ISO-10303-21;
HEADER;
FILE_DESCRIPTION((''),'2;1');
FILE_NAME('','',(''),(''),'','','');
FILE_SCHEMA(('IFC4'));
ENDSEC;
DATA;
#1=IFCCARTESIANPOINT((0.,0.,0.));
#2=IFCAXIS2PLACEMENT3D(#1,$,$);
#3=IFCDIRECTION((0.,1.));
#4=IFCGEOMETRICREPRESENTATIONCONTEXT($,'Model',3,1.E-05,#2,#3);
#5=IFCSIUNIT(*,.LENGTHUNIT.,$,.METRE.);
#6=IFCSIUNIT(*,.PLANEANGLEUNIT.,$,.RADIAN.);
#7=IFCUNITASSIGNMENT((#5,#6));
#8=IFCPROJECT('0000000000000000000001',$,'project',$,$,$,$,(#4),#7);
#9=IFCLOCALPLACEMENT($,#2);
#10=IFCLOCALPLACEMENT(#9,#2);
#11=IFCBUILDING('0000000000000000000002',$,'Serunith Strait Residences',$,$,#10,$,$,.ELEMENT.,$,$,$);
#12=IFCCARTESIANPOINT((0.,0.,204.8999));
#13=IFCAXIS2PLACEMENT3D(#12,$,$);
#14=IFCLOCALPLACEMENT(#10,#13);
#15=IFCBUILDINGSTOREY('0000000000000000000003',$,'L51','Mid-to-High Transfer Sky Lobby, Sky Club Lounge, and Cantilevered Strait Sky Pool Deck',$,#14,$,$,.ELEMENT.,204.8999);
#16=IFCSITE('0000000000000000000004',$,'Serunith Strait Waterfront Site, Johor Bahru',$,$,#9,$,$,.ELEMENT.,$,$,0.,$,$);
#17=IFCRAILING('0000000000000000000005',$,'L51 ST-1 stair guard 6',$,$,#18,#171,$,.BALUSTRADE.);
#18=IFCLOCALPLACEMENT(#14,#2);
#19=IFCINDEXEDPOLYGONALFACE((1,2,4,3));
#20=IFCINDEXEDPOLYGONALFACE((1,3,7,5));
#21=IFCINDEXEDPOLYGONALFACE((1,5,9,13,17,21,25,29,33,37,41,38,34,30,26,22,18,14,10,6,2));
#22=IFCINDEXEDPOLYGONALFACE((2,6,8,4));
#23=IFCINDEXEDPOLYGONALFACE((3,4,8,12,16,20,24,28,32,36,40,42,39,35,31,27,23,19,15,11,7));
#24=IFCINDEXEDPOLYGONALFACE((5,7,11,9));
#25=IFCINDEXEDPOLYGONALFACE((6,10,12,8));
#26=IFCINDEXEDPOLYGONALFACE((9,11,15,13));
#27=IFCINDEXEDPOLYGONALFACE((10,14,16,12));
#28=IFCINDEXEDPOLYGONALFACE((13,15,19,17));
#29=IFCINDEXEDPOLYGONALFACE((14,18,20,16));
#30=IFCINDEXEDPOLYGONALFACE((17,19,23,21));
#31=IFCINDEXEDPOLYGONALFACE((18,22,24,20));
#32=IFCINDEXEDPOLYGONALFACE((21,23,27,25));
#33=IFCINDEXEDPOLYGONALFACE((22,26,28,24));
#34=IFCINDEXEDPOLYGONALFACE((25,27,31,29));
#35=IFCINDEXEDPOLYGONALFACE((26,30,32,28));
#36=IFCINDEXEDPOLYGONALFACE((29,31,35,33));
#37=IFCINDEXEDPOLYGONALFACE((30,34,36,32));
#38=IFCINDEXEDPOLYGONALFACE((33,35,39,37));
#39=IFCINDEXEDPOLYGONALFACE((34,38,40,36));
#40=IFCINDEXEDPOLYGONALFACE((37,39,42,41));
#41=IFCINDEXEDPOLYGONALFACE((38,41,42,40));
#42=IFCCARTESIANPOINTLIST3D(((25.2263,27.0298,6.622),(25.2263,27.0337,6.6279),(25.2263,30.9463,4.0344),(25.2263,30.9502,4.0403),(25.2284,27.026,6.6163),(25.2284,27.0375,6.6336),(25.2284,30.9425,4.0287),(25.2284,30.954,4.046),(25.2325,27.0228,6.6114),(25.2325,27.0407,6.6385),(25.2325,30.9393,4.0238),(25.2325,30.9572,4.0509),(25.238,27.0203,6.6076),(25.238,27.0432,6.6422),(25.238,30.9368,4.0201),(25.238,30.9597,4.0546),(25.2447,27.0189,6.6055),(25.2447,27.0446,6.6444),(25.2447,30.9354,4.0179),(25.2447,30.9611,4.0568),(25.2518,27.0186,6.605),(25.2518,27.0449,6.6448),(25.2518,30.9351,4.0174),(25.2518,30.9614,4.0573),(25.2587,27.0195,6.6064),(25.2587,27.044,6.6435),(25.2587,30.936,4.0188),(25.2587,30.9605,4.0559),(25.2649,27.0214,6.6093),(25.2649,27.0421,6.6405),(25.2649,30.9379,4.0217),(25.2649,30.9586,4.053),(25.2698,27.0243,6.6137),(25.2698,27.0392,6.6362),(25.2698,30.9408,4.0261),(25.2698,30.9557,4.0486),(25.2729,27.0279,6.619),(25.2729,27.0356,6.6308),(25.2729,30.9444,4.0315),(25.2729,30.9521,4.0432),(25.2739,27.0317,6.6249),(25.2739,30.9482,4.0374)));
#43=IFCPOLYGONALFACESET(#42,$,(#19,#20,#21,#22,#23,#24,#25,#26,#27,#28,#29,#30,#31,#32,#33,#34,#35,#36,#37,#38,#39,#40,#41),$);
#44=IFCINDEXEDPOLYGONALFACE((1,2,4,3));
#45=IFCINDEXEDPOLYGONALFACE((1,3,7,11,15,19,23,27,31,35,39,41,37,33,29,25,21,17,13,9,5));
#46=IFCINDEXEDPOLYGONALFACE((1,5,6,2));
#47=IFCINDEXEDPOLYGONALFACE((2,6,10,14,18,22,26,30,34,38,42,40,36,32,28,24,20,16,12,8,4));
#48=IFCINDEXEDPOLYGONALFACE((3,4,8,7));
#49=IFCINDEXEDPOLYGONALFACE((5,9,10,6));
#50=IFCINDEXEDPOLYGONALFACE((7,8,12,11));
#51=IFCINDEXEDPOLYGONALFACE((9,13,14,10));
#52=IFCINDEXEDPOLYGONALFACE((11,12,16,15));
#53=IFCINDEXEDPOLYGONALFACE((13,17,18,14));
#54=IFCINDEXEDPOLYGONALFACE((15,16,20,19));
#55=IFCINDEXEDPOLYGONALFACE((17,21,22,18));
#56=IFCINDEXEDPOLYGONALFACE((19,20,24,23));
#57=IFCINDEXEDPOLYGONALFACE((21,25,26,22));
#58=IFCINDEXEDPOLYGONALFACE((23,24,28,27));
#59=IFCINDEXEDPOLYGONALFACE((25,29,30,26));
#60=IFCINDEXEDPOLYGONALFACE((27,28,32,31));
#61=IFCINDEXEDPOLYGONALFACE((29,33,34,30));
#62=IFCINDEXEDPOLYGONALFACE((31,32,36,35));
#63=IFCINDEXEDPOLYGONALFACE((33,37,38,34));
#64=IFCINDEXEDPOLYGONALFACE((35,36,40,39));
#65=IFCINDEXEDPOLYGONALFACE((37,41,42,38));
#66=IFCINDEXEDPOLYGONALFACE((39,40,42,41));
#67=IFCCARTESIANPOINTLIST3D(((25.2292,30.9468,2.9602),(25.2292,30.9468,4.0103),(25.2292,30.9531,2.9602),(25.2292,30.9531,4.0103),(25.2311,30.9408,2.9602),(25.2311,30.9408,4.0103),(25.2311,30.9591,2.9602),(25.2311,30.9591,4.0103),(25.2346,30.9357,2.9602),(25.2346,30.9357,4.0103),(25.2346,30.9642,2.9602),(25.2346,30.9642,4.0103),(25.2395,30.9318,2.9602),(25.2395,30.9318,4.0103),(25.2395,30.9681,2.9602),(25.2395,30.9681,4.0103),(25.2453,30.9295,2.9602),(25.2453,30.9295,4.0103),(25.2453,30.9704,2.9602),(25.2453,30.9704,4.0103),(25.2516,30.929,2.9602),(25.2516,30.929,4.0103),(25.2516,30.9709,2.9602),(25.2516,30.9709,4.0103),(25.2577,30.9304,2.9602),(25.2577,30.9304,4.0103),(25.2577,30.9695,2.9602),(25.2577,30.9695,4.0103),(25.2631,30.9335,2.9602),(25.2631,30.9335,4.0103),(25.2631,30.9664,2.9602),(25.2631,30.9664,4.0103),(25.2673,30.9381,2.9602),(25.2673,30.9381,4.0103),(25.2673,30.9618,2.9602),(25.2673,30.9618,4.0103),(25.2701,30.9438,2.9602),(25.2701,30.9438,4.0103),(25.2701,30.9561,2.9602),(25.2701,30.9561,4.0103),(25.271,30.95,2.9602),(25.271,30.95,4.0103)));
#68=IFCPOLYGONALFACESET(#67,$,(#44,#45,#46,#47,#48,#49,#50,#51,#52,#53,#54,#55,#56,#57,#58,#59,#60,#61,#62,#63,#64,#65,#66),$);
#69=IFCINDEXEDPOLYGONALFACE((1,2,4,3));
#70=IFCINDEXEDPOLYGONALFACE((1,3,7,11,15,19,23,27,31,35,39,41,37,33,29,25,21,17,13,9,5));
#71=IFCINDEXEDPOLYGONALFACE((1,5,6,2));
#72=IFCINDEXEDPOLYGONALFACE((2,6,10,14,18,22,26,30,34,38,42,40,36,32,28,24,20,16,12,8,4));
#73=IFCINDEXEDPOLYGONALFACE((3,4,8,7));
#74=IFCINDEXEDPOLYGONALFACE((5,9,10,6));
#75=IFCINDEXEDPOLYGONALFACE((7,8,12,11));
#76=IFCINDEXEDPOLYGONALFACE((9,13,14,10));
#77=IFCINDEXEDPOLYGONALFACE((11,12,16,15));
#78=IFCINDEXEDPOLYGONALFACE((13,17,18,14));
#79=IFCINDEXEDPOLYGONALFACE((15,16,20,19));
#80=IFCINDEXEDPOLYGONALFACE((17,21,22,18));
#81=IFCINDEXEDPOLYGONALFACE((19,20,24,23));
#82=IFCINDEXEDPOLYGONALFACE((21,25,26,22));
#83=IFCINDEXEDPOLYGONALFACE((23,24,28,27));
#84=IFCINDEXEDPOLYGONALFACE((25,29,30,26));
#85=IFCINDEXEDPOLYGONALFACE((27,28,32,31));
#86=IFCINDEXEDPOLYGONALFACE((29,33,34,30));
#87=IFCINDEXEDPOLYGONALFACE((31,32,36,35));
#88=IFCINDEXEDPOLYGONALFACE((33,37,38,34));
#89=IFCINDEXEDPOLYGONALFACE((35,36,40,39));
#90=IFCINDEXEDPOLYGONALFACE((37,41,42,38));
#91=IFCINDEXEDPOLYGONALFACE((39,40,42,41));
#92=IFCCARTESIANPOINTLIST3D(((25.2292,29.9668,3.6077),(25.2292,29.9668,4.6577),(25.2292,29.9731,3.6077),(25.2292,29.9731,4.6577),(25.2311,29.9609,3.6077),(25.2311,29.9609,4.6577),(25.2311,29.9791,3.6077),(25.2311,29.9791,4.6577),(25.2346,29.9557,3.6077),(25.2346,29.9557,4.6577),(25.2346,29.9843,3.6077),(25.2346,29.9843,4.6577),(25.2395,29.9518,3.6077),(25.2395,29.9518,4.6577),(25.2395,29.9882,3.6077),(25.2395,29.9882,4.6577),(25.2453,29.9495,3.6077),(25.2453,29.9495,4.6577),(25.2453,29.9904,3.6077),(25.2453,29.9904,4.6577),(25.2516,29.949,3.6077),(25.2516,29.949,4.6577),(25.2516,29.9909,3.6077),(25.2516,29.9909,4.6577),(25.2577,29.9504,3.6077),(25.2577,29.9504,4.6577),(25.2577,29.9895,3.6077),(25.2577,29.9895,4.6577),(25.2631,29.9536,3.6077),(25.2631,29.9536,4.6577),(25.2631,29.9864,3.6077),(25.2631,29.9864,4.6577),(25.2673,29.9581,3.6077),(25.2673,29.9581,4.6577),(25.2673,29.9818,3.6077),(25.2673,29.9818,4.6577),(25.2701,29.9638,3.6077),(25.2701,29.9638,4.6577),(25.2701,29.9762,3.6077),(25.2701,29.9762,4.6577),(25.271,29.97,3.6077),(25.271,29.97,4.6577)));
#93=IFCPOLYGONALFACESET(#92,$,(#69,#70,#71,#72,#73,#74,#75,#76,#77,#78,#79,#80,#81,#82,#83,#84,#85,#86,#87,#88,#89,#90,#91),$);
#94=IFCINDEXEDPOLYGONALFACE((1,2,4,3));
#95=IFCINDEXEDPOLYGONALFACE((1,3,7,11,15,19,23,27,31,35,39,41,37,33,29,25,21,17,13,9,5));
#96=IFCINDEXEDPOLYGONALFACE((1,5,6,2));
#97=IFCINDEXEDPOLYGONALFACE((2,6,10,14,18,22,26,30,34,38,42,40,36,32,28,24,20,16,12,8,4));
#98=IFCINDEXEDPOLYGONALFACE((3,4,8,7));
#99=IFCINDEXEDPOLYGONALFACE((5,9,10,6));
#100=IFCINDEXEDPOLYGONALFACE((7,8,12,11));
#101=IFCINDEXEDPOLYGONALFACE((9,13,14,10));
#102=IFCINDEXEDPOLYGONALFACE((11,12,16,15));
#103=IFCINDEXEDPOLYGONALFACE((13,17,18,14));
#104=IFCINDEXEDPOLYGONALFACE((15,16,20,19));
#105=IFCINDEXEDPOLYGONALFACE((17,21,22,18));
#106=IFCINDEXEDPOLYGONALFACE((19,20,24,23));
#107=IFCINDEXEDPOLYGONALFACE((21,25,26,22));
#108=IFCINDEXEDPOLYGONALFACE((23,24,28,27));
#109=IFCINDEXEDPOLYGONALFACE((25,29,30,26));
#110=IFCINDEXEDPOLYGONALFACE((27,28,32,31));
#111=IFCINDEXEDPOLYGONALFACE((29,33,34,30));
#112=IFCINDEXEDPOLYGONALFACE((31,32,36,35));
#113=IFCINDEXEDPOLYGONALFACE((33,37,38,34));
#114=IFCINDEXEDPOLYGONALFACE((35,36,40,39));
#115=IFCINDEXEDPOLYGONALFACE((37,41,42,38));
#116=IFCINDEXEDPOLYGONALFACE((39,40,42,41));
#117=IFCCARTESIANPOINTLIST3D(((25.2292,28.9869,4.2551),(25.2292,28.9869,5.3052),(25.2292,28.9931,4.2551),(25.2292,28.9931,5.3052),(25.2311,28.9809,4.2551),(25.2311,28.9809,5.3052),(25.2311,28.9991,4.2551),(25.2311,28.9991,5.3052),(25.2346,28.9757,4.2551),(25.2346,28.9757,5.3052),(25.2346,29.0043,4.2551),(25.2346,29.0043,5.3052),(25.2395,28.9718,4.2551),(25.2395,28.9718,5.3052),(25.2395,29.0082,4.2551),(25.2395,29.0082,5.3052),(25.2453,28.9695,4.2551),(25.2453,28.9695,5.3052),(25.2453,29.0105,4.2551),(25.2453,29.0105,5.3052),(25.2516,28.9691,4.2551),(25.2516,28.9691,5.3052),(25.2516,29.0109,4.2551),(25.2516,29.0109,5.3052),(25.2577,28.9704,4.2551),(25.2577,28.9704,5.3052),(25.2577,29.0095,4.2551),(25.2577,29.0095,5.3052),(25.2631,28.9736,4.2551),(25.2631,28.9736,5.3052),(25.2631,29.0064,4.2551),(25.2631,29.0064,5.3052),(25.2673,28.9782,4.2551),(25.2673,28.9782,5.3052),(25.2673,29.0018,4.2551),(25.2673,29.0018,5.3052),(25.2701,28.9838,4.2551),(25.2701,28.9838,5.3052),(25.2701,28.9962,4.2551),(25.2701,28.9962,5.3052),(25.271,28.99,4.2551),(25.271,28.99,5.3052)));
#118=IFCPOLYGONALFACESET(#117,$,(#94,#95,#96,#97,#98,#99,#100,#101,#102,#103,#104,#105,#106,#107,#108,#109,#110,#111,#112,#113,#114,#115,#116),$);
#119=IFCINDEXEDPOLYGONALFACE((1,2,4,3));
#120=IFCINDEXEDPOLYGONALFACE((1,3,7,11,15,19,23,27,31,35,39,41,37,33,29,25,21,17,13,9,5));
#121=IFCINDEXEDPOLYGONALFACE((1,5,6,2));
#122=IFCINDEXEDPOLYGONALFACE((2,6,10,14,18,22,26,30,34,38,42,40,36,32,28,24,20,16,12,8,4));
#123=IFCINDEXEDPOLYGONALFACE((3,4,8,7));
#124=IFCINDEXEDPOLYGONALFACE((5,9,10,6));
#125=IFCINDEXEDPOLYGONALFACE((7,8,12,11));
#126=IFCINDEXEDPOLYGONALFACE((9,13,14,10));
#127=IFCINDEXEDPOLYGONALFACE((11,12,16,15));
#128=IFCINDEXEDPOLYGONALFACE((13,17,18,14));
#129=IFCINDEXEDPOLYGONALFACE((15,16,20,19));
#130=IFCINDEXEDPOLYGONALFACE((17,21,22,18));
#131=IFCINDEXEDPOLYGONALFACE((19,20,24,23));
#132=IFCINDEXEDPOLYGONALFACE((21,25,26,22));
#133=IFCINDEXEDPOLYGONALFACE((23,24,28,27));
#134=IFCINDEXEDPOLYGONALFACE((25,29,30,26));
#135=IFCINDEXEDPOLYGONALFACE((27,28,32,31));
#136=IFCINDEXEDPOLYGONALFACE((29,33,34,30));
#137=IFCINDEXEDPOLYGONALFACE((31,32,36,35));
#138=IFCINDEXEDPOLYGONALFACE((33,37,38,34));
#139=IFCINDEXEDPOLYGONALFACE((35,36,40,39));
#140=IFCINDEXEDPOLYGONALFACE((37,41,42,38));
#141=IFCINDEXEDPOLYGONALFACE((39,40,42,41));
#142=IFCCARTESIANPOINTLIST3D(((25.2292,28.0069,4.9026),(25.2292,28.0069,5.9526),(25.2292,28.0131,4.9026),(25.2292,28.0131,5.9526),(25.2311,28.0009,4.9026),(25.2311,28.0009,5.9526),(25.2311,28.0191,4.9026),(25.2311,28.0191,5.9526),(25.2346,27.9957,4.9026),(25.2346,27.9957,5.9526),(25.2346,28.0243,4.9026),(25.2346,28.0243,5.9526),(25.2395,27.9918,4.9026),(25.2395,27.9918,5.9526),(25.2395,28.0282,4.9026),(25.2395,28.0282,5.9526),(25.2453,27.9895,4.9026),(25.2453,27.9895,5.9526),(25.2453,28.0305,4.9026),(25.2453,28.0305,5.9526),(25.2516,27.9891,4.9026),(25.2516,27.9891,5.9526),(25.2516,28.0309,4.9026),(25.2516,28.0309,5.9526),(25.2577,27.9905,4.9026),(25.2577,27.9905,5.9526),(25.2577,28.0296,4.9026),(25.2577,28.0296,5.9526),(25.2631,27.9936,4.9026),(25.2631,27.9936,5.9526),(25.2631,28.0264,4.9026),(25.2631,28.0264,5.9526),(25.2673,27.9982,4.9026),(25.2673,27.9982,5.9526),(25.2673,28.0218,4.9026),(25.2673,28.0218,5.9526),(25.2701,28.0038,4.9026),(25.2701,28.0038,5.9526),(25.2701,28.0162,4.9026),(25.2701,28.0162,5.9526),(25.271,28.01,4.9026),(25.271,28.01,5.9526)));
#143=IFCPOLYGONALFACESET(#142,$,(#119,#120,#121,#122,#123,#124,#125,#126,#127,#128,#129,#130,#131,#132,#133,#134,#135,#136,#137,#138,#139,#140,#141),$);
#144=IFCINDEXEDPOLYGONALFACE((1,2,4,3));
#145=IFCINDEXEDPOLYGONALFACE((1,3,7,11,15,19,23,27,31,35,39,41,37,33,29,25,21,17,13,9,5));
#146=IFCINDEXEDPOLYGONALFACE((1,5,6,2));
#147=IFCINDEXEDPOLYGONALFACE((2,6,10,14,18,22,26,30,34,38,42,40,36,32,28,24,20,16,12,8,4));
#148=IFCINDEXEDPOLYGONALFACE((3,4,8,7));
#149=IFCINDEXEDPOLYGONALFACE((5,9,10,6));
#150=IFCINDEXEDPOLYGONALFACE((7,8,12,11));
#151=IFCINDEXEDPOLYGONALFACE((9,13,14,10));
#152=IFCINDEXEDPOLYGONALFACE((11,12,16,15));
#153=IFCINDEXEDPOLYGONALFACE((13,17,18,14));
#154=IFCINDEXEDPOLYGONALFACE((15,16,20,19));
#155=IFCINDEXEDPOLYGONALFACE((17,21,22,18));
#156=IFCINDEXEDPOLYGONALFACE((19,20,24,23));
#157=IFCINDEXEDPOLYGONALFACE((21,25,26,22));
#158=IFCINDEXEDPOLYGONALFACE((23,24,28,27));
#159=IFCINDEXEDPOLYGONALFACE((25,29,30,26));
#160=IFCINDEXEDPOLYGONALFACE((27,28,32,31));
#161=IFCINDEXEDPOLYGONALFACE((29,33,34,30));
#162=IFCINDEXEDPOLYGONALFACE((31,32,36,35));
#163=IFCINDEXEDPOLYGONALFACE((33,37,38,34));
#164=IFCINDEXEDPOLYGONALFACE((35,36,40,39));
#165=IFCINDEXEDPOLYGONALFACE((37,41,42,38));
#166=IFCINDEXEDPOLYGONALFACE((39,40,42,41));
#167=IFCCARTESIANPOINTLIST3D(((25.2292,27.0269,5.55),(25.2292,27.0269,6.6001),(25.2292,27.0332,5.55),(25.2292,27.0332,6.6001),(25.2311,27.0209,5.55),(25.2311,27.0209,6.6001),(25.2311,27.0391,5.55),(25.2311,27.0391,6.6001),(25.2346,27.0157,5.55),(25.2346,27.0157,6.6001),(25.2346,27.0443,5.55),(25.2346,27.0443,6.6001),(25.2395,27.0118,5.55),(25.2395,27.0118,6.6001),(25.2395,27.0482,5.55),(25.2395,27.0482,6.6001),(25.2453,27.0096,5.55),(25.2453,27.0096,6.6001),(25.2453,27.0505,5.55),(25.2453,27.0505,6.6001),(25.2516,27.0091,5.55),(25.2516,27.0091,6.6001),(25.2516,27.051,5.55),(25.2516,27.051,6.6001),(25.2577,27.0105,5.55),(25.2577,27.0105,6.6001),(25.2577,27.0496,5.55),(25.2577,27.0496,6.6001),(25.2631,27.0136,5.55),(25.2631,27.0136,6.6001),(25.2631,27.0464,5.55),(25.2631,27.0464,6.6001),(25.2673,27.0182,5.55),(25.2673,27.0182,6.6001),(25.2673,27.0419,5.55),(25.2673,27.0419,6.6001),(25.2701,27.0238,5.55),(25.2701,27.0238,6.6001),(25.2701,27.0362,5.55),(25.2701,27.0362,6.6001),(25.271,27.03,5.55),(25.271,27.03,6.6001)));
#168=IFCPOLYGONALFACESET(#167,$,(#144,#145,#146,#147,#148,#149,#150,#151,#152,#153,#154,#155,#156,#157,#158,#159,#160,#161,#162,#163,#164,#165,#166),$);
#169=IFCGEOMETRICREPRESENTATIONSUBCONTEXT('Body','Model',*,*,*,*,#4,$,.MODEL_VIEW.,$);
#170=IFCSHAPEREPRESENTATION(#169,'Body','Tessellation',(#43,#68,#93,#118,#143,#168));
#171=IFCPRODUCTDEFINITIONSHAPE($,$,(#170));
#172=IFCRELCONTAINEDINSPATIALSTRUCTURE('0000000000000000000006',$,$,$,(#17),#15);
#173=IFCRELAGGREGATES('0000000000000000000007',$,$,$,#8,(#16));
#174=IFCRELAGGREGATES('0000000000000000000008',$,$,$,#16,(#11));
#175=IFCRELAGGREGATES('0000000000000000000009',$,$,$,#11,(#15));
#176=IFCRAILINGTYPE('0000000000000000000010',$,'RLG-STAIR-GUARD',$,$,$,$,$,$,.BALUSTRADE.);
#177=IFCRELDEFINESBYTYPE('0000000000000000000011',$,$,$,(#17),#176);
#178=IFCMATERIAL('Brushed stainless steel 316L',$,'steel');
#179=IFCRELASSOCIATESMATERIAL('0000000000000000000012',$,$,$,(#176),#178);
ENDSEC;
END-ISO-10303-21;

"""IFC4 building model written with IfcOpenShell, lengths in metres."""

from ifc_helpers import new_model, si_unit, direction, frame, origin, origin_2d, place, context, subcontext, project, spatial, circle, extrude, material, type_object, element, save


model = new_model("IFC4")

# Units and contexts
model_context = context("Model", 3, precision=1e-05, world=origin(), true_north=direction((0.0, 1.0)))
body_context = subcontext(model_context, "Body", "Model", "MODEL_VIEW")
ifc_project = project(units=[si_unit("LENGTHUNIT", "METRE"), si_unit("PLANEANGLEUNIT", "RADIAN")], contexts=[model_context])

# Site, building, storey
site_placement = place(None, origin())
site = spatial("IfcSite", under=ifc_project, at=site_placement, Name="Serunith Strait Waterfront Site, Johor Bahru", CompositionType="ELEMENT", RefElevation=0.0)
building_placement = place(site_placement, origin())
building = spatial("IfcBuilding", under=site, at=building_placement, Name="Serunith Strait Residences", CompositionType="ELEMENT")
storey_placement = place(building_placement, frame((0.0, 0.0, 204.8999)))
storey = spatial("IfcBuildingStorey", under=building, at=storey_placement, Name="L51", Description="Mid-to-High Transfer Sky Lobby, Sky Club Lounge, and Cantilevered Strait Sky Pool Deck", CompositionType="ELEMENT", Elevation=204.8999)

# Railing
ifc_material_1 = material(Name="Brushed stainless steel 316L", Category="steel")
railing_type_1 = type_object("IfcRailingType", Name="RLG-STAIR-GUARD", PredefinedType="BALUSTRADE", material=ifc_material_1)
railing_1_placement = place(storey_placement, frame((25.25, 30.95, 2.9602)))
element("IfcRailing", 1, at=railing_1_placement, inside=storey, type_object=railing_type_1, Name="L51 ST-1 stair guard 6", PredefinedType="BALUSTRADE", context=body_context, shape_type="SweptSolid", body=[
    extrude(circle(Radius=0.0239, at=origin_2d()), frame((0.0, -0.0017, 1.0771), z_axis=(0.0, -0.834346, 0.551242), x_axis=(1.0, 0.0, 0.0)), (0.0, 0.0, 1.0), 4.6941),
    extrude(circle(Radius=0.021, at=origin_2d()), origin(), (0.0, 0.0, 1.0), 1.05),
    extrude(circle(Radius=0.021, at=origin_2d()), frame((0.0, -0.98, 0.6475)), (0.0, 0.0, 1.0), 1.05),
    extrude(circle(Radius=0.021, at=origin_2d()), frame((0.0, -1.96, 1.2949)), (0.0, 0.0, 1.0), 1.05),
    extrude(circle(Radius=0.021, at=origin_2d()), frame((0.0, -2.9399, 1.9424)), (0.0, 0.0, 1.0), 1.05),
    extrude(circle(Radius=0.021, at=origin_2d()), frame((0.0, -3.9199, 2.5898)), (0.0, 0.0, 1.0), 1.05),
])

save(model, "model.ifc")
